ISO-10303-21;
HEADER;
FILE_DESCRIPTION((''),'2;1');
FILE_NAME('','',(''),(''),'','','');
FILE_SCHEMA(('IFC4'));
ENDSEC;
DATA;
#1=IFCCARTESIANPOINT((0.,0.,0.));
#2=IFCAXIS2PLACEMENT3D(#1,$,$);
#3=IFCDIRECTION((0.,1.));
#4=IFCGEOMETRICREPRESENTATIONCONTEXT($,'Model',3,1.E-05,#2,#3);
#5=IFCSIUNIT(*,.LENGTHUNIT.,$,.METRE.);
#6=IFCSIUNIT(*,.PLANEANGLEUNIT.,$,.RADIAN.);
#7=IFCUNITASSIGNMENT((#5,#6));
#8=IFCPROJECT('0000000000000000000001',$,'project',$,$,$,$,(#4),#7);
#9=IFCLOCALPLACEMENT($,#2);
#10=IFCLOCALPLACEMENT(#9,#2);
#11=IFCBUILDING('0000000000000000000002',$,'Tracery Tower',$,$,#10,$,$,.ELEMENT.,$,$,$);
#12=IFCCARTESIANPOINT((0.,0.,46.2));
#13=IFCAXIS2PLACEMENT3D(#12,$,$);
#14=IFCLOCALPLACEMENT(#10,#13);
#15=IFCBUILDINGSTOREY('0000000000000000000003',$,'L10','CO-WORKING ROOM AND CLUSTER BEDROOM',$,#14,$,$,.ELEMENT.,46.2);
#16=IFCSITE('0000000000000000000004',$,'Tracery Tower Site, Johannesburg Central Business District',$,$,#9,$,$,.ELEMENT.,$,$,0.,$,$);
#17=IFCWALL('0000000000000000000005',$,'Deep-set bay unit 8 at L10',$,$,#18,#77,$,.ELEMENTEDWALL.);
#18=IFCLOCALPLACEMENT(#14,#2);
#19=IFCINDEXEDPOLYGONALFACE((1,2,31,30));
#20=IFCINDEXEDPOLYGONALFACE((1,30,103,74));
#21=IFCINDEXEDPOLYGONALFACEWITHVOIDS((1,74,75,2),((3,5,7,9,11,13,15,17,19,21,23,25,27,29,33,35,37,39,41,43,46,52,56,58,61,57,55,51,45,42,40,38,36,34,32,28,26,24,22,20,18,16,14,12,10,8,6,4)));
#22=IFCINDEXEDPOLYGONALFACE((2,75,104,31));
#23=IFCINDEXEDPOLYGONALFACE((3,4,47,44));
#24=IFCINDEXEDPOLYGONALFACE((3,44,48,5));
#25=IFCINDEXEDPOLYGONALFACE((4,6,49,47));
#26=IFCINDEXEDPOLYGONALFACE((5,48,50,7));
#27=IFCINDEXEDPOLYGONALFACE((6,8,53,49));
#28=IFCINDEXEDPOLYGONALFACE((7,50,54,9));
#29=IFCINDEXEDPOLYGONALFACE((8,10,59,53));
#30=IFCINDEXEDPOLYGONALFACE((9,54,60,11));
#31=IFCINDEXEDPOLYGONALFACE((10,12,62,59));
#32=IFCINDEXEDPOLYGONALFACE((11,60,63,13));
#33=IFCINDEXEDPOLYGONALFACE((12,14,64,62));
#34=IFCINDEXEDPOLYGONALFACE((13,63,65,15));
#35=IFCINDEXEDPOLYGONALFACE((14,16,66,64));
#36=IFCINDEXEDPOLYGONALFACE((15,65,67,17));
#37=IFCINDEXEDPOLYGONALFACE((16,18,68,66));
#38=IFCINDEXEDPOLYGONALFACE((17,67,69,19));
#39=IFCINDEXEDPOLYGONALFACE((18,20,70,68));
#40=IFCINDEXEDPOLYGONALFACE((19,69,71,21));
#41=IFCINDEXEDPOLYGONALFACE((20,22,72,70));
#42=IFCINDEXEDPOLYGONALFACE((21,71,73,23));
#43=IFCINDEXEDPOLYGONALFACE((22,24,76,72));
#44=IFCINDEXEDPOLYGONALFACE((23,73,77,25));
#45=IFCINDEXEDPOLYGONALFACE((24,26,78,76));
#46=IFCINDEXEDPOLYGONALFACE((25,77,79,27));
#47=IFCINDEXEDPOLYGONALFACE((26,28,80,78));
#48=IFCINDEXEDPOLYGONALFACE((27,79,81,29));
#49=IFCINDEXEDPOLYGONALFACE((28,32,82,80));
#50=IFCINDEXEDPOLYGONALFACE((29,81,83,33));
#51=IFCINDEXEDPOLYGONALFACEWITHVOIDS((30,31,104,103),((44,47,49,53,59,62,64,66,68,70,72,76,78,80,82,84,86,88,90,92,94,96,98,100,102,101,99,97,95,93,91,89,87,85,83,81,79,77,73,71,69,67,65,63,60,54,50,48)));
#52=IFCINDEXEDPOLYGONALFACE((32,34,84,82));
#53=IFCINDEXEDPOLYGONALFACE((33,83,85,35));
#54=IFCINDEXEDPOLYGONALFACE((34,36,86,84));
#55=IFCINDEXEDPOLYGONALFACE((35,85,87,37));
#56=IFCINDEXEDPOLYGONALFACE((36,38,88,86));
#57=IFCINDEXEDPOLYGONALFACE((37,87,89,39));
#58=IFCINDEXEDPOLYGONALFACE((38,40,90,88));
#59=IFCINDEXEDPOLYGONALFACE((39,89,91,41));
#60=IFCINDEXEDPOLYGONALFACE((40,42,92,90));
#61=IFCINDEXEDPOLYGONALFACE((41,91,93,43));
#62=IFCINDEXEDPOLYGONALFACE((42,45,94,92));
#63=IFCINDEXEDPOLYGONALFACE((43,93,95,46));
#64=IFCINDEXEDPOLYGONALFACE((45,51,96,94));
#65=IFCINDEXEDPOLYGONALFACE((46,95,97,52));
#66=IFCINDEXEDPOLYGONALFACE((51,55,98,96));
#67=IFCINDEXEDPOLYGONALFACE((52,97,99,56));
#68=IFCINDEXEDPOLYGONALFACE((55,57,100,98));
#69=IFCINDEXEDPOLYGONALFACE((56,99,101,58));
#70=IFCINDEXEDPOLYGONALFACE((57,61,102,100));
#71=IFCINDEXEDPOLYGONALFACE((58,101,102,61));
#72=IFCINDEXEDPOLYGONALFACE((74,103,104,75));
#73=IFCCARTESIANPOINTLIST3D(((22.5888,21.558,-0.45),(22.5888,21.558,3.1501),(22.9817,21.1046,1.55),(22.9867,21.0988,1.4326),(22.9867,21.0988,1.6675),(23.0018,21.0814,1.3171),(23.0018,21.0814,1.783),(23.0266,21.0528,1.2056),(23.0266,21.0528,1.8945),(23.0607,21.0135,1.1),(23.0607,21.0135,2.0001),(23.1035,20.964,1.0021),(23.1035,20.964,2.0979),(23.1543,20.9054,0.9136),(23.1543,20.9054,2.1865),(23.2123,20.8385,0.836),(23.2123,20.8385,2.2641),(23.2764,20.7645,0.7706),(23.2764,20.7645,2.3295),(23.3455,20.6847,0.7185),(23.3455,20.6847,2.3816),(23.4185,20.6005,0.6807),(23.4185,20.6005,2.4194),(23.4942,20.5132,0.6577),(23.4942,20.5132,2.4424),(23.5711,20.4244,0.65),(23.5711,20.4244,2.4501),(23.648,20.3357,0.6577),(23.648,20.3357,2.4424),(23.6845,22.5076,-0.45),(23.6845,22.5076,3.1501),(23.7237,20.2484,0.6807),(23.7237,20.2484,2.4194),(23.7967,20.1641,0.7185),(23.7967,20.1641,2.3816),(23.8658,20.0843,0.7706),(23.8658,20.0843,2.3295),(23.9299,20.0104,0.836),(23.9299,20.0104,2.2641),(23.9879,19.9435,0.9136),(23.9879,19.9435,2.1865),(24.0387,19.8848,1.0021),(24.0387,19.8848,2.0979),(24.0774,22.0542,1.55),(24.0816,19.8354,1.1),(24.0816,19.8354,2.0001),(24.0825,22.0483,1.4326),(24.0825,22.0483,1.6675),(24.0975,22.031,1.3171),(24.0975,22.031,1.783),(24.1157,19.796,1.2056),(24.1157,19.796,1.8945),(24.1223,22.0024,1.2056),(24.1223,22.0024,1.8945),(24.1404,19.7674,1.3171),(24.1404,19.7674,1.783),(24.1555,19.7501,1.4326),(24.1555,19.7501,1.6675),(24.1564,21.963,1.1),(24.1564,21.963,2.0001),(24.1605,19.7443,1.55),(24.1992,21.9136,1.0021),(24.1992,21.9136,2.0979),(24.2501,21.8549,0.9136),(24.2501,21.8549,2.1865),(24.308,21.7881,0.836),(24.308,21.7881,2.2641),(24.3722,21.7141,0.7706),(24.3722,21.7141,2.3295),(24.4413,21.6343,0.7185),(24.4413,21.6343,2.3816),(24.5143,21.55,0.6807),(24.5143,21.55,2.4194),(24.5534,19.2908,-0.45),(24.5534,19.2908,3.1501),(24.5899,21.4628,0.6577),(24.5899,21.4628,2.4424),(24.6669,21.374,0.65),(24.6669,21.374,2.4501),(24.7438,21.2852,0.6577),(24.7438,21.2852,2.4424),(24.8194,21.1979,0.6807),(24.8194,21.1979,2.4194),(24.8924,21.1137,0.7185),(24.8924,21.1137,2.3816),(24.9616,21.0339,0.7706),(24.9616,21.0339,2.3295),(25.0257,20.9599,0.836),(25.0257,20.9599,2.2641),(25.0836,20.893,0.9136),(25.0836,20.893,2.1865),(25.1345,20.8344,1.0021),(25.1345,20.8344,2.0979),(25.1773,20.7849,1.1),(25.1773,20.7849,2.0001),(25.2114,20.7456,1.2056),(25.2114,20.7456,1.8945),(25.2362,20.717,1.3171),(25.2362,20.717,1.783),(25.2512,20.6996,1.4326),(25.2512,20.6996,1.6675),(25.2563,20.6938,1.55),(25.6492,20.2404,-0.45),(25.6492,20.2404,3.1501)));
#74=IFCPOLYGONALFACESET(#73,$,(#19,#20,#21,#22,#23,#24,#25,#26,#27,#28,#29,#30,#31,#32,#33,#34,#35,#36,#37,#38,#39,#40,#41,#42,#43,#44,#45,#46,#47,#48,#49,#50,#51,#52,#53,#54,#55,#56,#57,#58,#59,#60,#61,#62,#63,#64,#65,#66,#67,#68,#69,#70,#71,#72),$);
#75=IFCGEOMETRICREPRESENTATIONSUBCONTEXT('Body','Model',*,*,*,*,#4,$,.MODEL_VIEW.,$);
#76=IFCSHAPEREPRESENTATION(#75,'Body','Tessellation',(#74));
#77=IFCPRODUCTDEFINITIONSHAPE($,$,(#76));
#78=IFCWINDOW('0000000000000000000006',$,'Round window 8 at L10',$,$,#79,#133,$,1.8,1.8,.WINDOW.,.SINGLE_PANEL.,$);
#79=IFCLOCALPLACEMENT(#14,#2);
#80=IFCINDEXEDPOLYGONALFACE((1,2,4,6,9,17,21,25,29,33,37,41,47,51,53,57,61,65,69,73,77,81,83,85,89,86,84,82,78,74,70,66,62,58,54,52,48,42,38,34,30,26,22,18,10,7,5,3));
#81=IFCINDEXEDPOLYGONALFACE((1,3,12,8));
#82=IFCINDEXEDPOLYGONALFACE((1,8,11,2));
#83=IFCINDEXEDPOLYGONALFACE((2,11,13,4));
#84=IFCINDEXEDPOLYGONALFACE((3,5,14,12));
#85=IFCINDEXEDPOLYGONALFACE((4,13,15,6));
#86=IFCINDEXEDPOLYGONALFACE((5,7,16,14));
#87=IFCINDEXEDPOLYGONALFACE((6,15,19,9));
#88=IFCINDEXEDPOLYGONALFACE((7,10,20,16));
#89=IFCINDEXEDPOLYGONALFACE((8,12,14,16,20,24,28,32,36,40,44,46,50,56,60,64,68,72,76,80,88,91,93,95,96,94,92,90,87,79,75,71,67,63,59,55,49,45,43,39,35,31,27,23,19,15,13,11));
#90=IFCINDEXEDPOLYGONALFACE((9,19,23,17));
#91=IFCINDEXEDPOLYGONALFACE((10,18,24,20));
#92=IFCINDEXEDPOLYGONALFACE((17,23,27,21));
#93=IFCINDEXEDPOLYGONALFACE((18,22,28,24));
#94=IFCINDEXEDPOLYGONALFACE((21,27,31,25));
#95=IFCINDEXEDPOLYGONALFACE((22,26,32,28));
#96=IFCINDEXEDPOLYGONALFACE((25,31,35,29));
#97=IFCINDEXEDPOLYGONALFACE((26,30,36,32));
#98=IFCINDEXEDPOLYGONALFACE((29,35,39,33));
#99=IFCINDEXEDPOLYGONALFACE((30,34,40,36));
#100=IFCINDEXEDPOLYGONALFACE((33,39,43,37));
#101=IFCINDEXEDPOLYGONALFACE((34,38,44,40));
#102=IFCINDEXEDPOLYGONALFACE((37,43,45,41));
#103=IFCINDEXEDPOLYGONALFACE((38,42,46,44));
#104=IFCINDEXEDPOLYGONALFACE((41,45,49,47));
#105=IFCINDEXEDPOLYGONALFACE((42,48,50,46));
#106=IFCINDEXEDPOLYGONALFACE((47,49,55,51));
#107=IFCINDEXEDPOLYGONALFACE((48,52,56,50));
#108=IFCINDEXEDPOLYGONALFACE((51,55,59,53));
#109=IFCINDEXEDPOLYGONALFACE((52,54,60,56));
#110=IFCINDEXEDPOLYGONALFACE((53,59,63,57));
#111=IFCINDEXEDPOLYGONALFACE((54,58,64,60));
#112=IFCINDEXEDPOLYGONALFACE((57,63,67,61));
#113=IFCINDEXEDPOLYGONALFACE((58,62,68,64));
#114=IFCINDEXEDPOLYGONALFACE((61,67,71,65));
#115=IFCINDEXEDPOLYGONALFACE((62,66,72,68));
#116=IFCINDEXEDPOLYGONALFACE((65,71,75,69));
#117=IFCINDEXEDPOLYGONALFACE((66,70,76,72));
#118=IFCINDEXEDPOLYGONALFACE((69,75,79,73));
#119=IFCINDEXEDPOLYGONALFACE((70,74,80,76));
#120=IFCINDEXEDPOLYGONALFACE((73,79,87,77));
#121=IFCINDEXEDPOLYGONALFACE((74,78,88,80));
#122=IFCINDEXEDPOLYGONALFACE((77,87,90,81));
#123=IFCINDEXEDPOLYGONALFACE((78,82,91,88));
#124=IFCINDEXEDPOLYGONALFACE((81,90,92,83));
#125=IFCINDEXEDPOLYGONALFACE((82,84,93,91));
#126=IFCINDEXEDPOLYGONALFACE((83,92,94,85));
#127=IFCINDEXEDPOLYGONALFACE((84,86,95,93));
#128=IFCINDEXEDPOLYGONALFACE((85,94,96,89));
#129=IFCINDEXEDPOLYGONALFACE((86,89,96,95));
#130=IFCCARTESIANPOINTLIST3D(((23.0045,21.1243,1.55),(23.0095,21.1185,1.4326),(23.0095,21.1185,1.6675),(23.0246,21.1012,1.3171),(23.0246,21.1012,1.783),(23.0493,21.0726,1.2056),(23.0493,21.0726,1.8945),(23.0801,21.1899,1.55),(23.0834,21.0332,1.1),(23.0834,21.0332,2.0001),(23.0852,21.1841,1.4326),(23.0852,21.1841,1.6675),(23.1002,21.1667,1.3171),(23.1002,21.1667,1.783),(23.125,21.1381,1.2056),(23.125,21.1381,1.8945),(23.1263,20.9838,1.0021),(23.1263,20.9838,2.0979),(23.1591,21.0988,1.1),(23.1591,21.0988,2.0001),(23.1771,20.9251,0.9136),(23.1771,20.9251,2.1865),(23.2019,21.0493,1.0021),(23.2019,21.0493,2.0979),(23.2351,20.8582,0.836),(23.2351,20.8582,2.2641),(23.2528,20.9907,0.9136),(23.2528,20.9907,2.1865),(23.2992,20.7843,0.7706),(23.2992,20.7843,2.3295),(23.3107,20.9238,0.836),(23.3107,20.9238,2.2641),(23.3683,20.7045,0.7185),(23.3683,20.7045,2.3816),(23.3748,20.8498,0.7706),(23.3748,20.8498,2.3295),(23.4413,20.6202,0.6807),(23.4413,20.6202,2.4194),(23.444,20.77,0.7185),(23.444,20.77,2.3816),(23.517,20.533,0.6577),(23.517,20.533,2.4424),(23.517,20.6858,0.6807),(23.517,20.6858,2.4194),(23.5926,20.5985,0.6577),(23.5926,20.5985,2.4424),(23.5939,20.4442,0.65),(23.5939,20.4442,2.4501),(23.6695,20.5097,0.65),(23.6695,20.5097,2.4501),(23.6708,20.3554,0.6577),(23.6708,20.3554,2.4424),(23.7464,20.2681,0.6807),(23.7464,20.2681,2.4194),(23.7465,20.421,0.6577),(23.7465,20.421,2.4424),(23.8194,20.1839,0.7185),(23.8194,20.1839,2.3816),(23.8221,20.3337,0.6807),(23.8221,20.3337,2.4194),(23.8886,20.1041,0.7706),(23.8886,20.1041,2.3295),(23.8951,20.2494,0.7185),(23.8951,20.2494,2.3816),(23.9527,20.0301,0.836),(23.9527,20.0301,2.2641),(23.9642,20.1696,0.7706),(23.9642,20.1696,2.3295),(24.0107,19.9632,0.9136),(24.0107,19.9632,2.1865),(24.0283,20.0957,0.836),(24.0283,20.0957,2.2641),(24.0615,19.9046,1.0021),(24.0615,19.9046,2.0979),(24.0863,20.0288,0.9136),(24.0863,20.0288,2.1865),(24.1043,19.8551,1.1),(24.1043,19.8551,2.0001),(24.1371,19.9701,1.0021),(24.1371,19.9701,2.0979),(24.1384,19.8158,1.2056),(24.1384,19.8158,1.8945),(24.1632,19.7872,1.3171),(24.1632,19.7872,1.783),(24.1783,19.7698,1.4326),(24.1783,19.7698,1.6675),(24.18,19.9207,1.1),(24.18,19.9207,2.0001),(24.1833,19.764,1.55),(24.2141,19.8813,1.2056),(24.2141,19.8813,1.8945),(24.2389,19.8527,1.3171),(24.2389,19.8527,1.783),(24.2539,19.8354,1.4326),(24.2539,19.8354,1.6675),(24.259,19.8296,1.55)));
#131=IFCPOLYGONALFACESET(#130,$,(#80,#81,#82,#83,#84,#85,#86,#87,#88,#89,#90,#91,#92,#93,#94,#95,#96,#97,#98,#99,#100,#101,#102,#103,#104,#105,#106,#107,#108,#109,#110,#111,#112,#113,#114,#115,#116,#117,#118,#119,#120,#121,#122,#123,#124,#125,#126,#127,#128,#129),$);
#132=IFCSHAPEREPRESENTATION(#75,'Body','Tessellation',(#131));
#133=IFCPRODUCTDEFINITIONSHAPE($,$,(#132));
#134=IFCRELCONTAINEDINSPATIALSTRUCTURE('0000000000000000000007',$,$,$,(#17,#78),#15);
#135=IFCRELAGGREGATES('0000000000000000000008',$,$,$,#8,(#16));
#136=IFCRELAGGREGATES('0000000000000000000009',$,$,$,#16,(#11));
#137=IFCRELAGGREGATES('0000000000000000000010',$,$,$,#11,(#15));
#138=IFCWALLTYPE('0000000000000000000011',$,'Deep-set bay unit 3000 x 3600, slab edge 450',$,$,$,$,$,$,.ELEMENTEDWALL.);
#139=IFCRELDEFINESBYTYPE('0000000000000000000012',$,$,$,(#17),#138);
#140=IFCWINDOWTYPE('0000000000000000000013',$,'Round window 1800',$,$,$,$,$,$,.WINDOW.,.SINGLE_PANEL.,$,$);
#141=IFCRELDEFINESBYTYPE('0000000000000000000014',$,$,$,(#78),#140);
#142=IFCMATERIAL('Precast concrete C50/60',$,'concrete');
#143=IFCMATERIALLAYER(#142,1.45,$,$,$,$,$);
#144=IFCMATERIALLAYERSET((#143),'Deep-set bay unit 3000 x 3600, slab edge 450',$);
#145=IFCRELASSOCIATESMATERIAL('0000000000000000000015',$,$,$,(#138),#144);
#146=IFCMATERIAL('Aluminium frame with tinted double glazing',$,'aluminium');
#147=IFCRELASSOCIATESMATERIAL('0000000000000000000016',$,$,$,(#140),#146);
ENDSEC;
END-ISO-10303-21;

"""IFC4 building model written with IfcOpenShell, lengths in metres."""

from ifc_helpers import new_model, si_unit, direction, frame, frame_2d, origin, origin_2d, place, context, subcontext, project, spatial, rectangle, circle, extrude, material, layer, layer_set, type_object, element, fill, save


model = new_model("IFC4")

# Units and contexts
model_context = context("Model", 3, precision=1e-05, world=origin(), true_north=direction((0.0, 1.0)))
body_context = subcontext(model_context, "Body", "Model", "MODEL_VIEW")
ifc_project = project(units=[si_unit("LENGTHUNIT", "METRE"), si_unit("PLANEANGLEUNIT", "RADIAN")], contexts=[model_context])

# Site, building, storey
site_placement = place(None, origin())
site = spatial("IfcSite", under=ifc_project, at=site_placement, Name="Tracery Tower Site, Johannesburg Central Business District", CompositionType="ELEMENT", RefElevation=0.0)
building_placement = place(site_placement, origin())
building = spatial("IfcBuilding", under=site, at=building_placement, Name="Tracery Tower", CompositionType="ELEMENT")
storey_placement = place(building_placement, frame((0.0, 0.0, 46.2)))
storey = spatial("IfcBuildingStorey", under=building, at=storey_placement, Name="L10", Description="CO-WORKING ROOM AND CLUSTER BEDROOM", CompositionType="ELEMENT", Elevation=46.2)

# Wall, opening, window
ifc_material_1 = material(Name="Precast concrete C50/60", Category="concrete")
ifc_layer_1 = layer(ifc_material_1, 1.45)
ifc_layer_set_1 = layer_set([ifc_layer_1], Name="Deep-set bay unit 3000 x 3600, slab edge 450")
wall_type_1 = type_object("IfcWallType", Name="Deep-set bay unit 3000 x 3600, slab edge 450", PredefinedType="ELEMENTEDWALL", material=ifc_layer_set_1)
wall_1_placement = place(storey_placement, frame((25.1013, 19.7656, -0.45), z_axis=(0.0, 0.0, 1.0), x_axis=(-0.65489, 0.755724, 0.0)))
wall_1 = element("IfcWall", 1, at=wall_1_placement, inside=storey, type_object=wall_type_1, Name="Deep-set bay unit 8 at L10", PredefinedType="ELEMENTEDWALL", context=body_context, shape_type="SweptSolid", body=[
    extrude(rectangle(XDim=3.0, YDim=1.45, at=frame_2d((1.5, 0.0))), origin(), (0.0, 0.0, 1.0), 3.6001),
])
opening_1_placement = place(wall_1_placement, frame((1.5, 0.0, 2.0)))
opening_1 = element("IfcOpeningElement", 2, at=opening_1_placement, cuts=wall_1, PredefinedType="OPENING", context=body_context, shape_type="SweptSolid", body=[
    extrude(circle(Radius=0.9, at=origin_2d()), frame((0.0, 0.7349, 0.0), z_axis=(0.0, -1.0, 0.0), x_axis=(1.0, 0.0, 0.0)), (0.0, 0.0, 1.0), 1.47),
])
ifc_material_2 = material(Name="Aluminium frame with tinted double glazing", Category="aluminium")
window_type = type_object("IfcWindowType", Name="Round window 1800", PartitioningType="SINGLE_PANEL", PredefinedType="WINDOW", material=ifc_material_2)
window_1_placement = place(opening_1_placement, origin())
window_1 = element("IfcWindow", 3, at=window_1_placement, inside=storey, type_object=window_type, Name="Round window 8 at L10", OverallHeight=1.8, OverallWidth=1.8, PartitioningType="SINGLE_PANEL", PredefinedType="WINDOW", context=body_context, shape_type="SweptSolid", body=[
    extrude(circle(Radius=0.9, at=origin_2d()), frame((0.0, 0.6948, 0.0), z_axis=(0.0, -1.0, 0.0), x_axis=(1.0, 0.0, 0.0)), (0.0, 0.0, 1.0), 0.1001),
])
fill(opening_1, window_1)

save(model, "model.ifc")
